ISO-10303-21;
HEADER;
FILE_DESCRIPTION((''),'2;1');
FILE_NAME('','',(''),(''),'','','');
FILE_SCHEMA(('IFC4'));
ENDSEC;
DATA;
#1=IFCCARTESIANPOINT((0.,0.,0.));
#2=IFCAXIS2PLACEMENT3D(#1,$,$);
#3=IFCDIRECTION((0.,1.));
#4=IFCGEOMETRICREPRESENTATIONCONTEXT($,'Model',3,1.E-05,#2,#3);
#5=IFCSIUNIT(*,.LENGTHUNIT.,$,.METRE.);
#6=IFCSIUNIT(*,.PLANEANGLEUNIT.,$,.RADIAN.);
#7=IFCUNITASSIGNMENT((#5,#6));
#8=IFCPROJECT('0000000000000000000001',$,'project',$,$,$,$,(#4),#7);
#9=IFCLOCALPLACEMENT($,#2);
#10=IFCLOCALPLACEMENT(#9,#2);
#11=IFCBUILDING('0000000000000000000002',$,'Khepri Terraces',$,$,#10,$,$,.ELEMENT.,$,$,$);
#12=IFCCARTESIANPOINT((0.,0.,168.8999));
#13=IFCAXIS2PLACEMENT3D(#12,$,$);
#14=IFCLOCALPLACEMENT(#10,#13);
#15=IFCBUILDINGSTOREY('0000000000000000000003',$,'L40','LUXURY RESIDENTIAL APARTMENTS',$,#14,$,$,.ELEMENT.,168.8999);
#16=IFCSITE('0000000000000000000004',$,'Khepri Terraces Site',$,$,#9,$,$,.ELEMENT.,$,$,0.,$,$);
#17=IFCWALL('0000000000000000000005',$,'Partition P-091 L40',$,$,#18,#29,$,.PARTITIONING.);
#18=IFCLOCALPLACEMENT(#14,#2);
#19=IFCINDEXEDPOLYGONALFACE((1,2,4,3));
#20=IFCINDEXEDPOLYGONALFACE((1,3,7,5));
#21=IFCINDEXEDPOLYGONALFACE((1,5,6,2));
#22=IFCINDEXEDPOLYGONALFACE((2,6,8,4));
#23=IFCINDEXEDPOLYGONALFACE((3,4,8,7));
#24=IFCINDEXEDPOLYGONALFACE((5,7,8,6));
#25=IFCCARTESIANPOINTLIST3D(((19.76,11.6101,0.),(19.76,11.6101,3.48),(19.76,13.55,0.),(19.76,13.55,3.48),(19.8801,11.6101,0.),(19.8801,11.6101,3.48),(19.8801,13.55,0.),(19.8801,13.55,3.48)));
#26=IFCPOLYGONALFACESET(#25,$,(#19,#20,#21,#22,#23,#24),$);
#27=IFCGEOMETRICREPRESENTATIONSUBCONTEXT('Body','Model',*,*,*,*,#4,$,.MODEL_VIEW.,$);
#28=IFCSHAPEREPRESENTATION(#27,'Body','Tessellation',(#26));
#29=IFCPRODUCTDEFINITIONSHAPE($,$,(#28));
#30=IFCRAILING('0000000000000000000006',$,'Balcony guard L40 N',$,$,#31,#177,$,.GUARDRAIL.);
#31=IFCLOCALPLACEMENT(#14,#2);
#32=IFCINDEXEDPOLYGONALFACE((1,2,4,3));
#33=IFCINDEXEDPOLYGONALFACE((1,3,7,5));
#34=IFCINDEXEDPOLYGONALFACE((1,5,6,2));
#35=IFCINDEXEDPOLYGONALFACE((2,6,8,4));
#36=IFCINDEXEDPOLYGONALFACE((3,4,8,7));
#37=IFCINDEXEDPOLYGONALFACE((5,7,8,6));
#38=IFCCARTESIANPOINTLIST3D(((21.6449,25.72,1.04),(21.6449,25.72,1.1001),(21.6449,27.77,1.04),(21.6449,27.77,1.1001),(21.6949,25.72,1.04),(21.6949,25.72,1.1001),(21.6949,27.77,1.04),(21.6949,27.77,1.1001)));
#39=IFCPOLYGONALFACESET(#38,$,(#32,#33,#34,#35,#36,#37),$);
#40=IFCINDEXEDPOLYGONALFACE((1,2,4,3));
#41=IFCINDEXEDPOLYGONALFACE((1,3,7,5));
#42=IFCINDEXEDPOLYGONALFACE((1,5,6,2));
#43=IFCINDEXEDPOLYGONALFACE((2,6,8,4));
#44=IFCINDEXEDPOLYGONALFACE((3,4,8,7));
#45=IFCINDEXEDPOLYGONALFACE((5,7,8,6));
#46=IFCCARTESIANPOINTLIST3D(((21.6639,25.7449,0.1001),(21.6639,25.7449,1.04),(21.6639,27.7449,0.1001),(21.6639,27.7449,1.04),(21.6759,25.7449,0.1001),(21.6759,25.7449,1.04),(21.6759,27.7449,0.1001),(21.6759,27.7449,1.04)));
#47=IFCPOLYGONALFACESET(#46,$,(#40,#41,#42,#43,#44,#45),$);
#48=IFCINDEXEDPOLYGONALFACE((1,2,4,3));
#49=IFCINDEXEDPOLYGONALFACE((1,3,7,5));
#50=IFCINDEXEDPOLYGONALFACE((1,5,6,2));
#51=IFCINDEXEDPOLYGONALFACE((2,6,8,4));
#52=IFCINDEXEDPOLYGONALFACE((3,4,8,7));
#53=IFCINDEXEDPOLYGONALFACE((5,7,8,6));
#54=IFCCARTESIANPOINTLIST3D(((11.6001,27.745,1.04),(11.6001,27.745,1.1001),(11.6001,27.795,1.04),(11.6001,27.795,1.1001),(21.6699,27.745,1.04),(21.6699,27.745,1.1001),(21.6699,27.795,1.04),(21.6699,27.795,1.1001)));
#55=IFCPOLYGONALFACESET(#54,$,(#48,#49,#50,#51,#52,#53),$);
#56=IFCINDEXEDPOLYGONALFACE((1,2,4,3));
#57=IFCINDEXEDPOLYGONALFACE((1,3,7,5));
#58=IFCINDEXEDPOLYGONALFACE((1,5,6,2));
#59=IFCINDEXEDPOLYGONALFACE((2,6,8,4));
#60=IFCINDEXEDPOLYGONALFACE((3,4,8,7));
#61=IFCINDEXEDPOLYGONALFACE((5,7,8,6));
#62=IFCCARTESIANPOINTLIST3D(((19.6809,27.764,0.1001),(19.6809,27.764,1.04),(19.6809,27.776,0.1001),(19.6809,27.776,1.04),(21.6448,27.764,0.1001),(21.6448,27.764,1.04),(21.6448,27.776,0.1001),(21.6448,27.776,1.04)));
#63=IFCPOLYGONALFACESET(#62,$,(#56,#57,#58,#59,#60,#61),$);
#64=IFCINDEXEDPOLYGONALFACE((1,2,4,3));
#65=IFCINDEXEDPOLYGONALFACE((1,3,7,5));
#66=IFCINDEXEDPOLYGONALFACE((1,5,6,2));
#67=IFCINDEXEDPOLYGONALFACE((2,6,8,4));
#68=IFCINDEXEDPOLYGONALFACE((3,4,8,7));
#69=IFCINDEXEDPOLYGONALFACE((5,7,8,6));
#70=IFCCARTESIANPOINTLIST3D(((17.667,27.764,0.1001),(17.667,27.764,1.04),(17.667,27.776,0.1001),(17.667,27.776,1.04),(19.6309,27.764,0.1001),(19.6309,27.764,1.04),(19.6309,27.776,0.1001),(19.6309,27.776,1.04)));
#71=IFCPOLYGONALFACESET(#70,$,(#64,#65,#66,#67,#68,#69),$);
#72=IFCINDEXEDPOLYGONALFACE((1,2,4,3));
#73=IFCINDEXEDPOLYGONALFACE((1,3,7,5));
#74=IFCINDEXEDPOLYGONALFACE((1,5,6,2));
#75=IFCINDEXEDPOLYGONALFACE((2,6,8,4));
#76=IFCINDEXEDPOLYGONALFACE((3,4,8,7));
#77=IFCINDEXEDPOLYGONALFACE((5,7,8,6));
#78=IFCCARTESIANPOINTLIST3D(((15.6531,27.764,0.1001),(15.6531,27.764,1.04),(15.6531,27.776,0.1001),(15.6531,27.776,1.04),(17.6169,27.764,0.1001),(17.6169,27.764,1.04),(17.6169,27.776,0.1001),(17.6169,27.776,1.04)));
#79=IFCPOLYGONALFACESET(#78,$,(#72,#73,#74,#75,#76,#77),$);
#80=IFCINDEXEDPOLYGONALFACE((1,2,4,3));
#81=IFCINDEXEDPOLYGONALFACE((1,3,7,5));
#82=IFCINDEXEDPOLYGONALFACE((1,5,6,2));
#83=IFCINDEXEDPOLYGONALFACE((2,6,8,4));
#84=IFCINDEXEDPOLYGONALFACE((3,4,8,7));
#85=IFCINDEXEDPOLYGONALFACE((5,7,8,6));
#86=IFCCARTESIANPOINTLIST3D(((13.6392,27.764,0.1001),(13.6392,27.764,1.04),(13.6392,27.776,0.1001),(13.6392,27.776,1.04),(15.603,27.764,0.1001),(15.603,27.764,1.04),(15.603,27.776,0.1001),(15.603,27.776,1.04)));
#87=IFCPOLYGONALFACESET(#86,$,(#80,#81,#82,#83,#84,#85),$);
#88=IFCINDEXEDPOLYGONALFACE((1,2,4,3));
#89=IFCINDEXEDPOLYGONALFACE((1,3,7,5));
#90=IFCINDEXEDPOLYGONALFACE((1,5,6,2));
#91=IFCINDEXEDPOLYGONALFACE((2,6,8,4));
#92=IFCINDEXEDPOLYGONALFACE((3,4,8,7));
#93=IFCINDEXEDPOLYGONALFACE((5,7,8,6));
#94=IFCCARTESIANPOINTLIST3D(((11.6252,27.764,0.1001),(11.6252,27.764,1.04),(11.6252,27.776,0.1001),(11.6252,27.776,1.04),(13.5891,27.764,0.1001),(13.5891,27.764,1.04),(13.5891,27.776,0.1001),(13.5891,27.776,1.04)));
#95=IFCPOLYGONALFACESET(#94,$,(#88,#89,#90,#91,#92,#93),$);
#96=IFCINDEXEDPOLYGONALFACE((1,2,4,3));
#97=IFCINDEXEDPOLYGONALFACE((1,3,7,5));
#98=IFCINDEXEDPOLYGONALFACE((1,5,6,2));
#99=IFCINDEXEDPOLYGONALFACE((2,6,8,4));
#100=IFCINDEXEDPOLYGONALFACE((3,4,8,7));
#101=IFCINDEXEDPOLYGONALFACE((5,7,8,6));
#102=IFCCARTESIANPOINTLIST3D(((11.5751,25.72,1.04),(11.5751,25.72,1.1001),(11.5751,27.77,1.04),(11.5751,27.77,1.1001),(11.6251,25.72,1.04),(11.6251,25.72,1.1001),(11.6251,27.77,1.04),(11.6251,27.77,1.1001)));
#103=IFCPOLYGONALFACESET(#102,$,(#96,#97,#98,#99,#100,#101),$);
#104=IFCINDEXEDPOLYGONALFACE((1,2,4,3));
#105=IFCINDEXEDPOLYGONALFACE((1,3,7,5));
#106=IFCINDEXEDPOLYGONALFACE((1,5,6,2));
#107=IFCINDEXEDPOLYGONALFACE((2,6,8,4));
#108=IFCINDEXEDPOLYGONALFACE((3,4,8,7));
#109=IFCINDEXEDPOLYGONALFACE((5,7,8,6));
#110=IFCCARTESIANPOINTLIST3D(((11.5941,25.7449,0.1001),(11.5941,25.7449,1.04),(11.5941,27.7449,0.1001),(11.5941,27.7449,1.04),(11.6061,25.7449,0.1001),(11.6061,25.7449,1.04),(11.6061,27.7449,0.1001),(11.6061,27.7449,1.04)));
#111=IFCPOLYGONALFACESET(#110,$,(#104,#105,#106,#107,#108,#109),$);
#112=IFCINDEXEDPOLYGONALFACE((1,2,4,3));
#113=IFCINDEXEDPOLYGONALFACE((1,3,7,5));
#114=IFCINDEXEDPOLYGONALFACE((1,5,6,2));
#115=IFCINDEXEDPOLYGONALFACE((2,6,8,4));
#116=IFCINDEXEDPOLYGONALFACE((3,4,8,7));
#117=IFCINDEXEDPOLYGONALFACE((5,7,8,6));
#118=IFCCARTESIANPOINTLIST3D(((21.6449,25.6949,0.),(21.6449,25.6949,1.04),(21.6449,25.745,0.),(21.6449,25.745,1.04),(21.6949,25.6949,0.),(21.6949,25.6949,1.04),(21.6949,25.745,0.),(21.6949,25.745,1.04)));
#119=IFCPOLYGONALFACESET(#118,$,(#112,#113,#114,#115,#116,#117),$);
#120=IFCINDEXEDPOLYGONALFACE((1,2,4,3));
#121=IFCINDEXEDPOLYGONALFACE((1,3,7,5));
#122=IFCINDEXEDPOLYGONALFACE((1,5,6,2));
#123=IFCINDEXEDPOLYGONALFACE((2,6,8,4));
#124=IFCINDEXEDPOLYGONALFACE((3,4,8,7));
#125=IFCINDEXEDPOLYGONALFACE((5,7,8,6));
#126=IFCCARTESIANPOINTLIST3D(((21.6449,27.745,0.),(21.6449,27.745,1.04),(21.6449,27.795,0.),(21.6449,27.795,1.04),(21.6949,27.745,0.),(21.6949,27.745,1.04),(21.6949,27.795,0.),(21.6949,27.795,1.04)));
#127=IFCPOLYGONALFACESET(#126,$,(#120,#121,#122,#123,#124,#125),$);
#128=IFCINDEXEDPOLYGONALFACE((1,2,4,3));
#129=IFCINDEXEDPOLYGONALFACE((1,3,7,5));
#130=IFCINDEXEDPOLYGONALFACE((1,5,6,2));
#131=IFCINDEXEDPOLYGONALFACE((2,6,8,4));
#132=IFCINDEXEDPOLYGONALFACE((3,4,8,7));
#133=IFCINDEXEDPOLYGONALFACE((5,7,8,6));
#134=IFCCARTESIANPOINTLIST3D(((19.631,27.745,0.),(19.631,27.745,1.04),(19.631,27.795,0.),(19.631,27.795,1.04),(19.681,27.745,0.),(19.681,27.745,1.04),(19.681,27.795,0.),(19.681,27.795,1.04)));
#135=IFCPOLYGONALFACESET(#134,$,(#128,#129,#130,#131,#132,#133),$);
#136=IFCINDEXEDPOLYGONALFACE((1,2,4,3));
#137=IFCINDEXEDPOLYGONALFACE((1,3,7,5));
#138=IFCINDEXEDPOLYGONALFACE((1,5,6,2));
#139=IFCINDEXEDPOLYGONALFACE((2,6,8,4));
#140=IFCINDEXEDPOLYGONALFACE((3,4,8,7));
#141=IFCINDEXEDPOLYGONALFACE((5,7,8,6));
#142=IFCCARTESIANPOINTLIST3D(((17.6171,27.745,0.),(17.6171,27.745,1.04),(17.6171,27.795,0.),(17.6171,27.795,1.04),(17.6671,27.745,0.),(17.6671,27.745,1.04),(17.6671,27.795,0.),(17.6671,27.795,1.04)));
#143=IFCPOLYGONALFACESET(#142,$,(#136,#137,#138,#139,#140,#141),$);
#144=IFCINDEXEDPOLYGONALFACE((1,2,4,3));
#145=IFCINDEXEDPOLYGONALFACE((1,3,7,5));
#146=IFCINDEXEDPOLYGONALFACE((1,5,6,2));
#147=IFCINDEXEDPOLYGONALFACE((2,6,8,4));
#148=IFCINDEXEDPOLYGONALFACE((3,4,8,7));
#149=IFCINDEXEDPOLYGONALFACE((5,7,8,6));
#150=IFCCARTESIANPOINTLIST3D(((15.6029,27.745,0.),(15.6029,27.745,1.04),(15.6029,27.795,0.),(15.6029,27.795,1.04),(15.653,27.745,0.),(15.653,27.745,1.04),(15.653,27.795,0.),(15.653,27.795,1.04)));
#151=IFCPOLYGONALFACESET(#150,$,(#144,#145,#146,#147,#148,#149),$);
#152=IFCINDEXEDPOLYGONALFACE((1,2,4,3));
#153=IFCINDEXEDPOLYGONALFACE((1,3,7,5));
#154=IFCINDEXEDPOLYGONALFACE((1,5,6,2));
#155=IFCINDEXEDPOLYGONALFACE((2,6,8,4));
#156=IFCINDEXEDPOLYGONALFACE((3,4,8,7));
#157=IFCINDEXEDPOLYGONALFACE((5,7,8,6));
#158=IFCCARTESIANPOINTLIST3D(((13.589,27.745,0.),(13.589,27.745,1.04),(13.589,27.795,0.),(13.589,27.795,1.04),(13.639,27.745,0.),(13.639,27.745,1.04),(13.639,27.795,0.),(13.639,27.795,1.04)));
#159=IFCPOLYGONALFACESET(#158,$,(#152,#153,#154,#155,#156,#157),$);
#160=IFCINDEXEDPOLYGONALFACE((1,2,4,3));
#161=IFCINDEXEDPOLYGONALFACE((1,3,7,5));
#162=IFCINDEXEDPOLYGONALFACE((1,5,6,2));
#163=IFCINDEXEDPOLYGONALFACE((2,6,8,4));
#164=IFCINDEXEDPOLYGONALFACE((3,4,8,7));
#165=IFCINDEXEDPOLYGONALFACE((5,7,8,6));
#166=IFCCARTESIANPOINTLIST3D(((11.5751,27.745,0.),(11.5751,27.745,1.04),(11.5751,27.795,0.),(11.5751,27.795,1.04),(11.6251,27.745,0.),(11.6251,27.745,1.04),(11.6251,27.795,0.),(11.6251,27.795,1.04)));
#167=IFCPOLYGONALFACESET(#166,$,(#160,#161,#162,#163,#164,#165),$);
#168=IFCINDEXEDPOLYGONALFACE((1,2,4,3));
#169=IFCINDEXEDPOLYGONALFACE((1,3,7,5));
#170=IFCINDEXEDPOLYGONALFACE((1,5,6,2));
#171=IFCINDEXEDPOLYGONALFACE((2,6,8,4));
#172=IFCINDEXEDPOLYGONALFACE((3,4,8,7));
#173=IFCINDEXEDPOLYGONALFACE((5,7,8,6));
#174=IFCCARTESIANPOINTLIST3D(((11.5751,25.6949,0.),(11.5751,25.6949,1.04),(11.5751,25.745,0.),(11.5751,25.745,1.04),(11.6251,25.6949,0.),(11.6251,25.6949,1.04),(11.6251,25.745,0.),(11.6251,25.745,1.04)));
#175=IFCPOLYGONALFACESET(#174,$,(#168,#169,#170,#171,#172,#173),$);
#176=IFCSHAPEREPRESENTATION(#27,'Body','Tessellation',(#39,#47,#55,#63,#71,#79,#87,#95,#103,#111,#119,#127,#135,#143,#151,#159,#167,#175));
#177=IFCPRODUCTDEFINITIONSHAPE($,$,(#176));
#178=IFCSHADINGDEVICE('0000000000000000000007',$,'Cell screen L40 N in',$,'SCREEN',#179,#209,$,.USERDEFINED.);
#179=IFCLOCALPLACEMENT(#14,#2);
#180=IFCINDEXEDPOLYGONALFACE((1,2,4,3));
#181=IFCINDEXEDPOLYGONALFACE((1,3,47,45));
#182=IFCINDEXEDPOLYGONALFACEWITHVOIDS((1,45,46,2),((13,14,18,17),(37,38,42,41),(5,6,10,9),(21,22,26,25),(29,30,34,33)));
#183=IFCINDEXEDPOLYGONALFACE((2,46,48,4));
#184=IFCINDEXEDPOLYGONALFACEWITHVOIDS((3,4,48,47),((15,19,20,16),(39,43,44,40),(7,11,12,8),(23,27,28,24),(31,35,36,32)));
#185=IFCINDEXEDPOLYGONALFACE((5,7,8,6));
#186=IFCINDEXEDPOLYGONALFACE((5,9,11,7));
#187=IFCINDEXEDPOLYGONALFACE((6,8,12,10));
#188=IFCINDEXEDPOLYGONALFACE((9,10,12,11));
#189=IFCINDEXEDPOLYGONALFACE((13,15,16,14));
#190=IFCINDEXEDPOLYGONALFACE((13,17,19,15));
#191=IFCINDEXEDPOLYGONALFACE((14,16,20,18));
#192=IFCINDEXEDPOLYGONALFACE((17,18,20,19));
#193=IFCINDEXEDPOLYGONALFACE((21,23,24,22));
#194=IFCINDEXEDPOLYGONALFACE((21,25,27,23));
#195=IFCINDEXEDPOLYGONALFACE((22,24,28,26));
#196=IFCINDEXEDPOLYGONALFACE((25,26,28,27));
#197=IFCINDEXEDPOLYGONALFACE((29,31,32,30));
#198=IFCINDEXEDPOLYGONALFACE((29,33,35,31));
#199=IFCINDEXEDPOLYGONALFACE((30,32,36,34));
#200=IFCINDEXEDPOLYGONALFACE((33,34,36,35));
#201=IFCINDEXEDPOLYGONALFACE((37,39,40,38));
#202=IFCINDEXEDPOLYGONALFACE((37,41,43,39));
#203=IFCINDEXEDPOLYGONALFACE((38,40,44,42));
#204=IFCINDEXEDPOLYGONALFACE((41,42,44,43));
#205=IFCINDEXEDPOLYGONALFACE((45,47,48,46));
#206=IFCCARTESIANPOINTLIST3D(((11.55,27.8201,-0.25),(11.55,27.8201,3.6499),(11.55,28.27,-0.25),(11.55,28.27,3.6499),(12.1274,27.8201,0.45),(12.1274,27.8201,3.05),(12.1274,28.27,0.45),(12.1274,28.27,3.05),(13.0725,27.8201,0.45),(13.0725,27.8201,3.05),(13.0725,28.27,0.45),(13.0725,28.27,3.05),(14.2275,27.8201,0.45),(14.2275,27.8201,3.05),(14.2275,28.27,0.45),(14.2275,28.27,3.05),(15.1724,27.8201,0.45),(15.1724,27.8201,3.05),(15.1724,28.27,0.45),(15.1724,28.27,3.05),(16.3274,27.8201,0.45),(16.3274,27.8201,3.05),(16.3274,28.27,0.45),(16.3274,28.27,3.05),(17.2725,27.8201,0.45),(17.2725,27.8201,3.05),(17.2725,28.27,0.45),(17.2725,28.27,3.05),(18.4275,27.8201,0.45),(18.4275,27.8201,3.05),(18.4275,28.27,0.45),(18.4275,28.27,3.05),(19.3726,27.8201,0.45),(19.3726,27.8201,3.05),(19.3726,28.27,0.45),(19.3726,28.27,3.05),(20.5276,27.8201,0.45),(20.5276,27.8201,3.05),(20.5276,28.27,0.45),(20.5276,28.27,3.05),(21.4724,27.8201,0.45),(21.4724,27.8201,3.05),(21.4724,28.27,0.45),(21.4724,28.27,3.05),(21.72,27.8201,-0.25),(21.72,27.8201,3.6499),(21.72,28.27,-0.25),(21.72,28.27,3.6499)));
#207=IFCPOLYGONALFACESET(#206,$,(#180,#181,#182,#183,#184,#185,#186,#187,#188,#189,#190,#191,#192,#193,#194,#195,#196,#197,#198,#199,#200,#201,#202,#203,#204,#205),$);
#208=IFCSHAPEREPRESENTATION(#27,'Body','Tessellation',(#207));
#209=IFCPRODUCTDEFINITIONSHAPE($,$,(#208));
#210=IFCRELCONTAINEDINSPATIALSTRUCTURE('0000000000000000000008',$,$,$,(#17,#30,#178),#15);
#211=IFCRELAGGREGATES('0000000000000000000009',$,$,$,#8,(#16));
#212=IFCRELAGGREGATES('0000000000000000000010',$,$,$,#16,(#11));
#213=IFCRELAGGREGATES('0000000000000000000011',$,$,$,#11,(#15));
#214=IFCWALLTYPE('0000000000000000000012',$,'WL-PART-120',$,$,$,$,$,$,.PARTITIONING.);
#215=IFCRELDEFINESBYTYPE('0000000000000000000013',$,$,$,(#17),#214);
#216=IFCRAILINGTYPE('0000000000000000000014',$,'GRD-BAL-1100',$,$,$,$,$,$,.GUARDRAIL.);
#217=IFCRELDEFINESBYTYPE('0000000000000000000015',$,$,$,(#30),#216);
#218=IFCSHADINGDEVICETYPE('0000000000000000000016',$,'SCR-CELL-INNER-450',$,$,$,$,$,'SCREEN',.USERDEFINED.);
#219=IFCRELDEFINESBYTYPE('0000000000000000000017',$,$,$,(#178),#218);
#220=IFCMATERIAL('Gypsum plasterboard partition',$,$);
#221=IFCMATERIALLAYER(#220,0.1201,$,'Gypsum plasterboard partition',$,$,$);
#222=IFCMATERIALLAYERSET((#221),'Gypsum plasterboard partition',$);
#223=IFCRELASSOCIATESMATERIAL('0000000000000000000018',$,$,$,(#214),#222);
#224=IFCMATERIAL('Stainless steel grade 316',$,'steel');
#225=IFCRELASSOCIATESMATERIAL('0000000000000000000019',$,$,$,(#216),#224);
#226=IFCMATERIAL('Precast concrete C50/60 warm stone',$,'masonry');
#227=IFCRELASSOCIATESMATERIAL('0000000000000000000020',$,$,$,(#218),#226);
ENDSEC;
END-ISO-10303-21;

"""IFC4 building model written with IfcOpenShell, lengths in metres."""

from ifc_helpers import new_model, si_unit, direction, frame, frame_2d, origin, origin_2d, place, context, subcontext, project, spatial, polyline, rectangle, outline, extrude, material, layer, layer_set, type_object, element, save


model = new_model("IFC4")

# Units and contexts
model_context = context("Model", 3, precision=1e-05, world=origin(), true_north=direction((0.0, 1.0)))
body_context = subcontext(model_context, "Body", "Model", "MODEL_VIEW")
ifc_project = project(units=[si_unit("LENGTHUNIT", "METRE"), si_unit("PLANEANGLEUNIT", "RADIAN")], contexts=[model_context])

# Site, building, storey
site_placement = place(None, origin())
site = spatial("IfcSite", under=ifc_project, at=site_placement, Name="Khepri Terraces Site", CompositionType="ELEMENT", RefElevation=0.0)
building_placement = place(site_placement, origin())
building = spatial("IfcBuilding", under=site, at=building_placement, Name="Khepri Terraces", CompositionType="ELEMENT")
storey_placement = place(building_placement, frame((0.0, 0.0, 168.8999)))
storey = spatial("IfcBuildingStorey", under=building, at=storey_placement, Name="L40", Description="LUXURY RESIDENTIAL APARTMENTS", CompositionType="ELEMENT", Elevation=168.8999)

# Shared definitions
ifc_material_1 = material(Name="Precast concrete C50/60 warm stone", Category="masonry")

# Shared definitions
ifc_material_2 = material(Name="Gypsum plasterboard partition")
ifc_layer_1 = layer(ifc_material_2, 0.1201, Name="Gypsum plasterboard partition")
ifc_layer_set_1 = layer_set([ifc_layer_1], Name="Gypsum plasterboard partition")
wall_type_1 = type_object("IfcWallType", Name="WL-PART-120", PredefinedType="PARTITIONING", material=ifc_layer_set_1)

# Wall
wall_1_placement = place(storey_placement, frame((19.8201, 11.6101, 0.0), z_axis=(0.0, 0.0, 1.0), x_axis=(0.0, 1.0, 0.0)))
element("IfcWall", 1, at=wall_1_placement, inside=storey, type_object=wall_type_1, Name="Partition P-091 L40", PredefinedType="PARTITIONING", context=body_context, shape_type="SweptSolid", body=[
    extrude(rectangle(XDim=1.9399, YDim=0.1201, at=frame_2d((0.97, 0.0))), origin(), (0.0, 0.0, 1.0), 3.48),
])

# Railing
ifc_material_3 = material(Name="Stainless steel grade 316", Category="steel")
railing_type = type_object("IfcRailingType", Name="GRD-BAL-1100", PredefinedType="GUARDRAIL", material=ifc_material_3)
railing_placement = place(storey_placement, frame((21.6699, 25.72, 0.0)))
element("IfcRailing", 2, at=railing_placement, inside=storey, type_object=railing_type, Name="Balcony guard L40 N", PredefinedType="GUARDRAIL", context=body_context, shape_type="SweptSolid", body=[
    extrude(rectangle(XDim=0.05, YDim=0.0601, at=origin_2d()), frame((0.0, 0.0, 1.0701), z_axis=(0.0, 1.0, 0.0), x_axis=(-1.0, 0.0, 0.0)), (0.0, 0.0, 1.0), 2.05),
    extrude(rectangle(XDim=2.0, YDim=0.012, at=origin_2d()), frame((0.0, 1.0249, 0.1001), z_axis=(0.0, 0.0, 1.0), x_axis=(0.0, 1.0, 0.0)), (0.0, 0.0, 1.0), 0.9399),
    extrude(rectangle(XDim=0.05, YDim=0.0601, at=origin_2d()), frame((0.0, 2.05, 1.0701), z_axis=(-1.0, 0.0, 0.0), x_axis=(0.0, -1.0, 0.0)), (0.0, 0.0, 1.0), 10.0698),
    extrude(rectangle(XDim=1.9639, YDim=0.012, at=origin_2d()), frame((-1.0071, 2.05, 0.1001), z_axis=(0.0, 0.0, 1.0), x_axis=(-1.0, 0.0, 0.0)), (0.0, 0.0, 1.0), 0.9399),
    extrude(rectangle(XDim=1.9639, YDim=0.012, at=origin_2d()), frame((-3.021, 2.05, 0.1001), z_axis=(0.0, 0.0, 1.0), x_axis=(-1.0, 0.0, 0.0)), (0.0, 0.0, 1.0), 0.9399),
    extrude(rectangle(XDim=1.9639, YDim=0.012, at=origin_2d()), frame((-5.0349, 2.05, 0.1001), z_axis=(0.0, 0.0, 1.0), x_axis=(-1.0, 0.0, 0.0)), (0.0, 0.0, 1.0), 0.9399),
    extrude(rectangle(XDim=1.9639, YDim=0.012, at=origin_2d()), frame((-7.0488, 2.05, 0.1001), z_axis=(0.0, 0.0, 1.0), x_axis=(-1.0, 0.0, 0.0)), (0.0, 0.0, 1.0), 0.9399),
    extrude(rectangle(XDim=1.9639, YDim=0.012, at=origin_2d()), frame((-9.0627, 2.05, 0.1001), z_axis=(0.0, 0.0, 1.0), x_axis=(-1.0, 0.0, 0.0)), (0.0, 0.0, 1.0), 0.9399),
    extrude(rectangle(XDim=0.05, YDim=0.0601, at=origin_2d()), frame((-10.0698, 2.05, 1.0701), z_axis=(0.0, -1.0, 0.0), x_axis=(1.0, 0.0, 0.0)), (0.0, 0.0, 1.0), 2.05),
    extrude(rectangle(XDim=2.0, YDim=0.012, at=origin_2d()), frame((-10.0698, 1.0249, 0.1001), z_axis=(0.0, 0.0, 1.0), x_axis=(0.0, -1.0, 0.0)), (0.0, 0.0, 1.0), 0.9399),
    extrude(rectangle(XDim=0.05, YDim=0.05, at=origin_2d()), origin(), (0.0, 0.0, 1.0), 1.04),
    extrude(rectangle(XDim=0.05, YDim=0.05, at=origin_2d()), frame((0.0, 2.05, 0.0)), (0.0, 0.0, 1.0), 1.04),
    extrude(rectangle(XDim=0.05, YDim=0.05, at=origin_2d()), frame((-2.0139, 2.05, 0.0)), (0.0, 0.0, 1.0), 1.04),
    extrude(rectangle(XDim=0.05, YDim=0.05, at=origin_2d()), frame((-4.0278, 2.05, 0.0)), (0.0, 0.0, 1.0), 1.04),
    extrude(rectangle(XDim=0.05, YDim=0.05, at=origin_2d()), frame((-6.042, 2.05, 0.0)), (0.0, 0.0, 1.0), 1.04),
    extrude(rectangle(XDim=0.05, YDim=0.05, at=origin_2d()), frame((-8.0559, 2.05, 0.0)), (0.0, 0.0, 1.0), 1.04),
    extrude(rectangle(XDim=0.05, YDim=0.05, at=origin_2d()), frame((-10.0698, 2.05, 0.0)), (0.0, 0.0, 1.0), 1.04),
    extrude(rectangle(XDim=0.05, YDim=0.05, at=origin_2d()), frame((-10.0698, 0.0, 0.0)), (0.0, 0.0, 1.0), 1.04),
])

# Shading device
shading_device_type_1 = type_object("IfcShadingDeviceType", Name="SCR-CELL-INNER-450", ElementType="SCREEN", PredefinedType="USERDEFINED", material=ifc_material_1)
shading_device_1_placement = place(storey_placement, frame((21.72, 27.8201, -0.25), z_axis=(0.0, 1.0, 0.0), x_axis=(-1.0, 0.0, 0.0)))
element("IfcShadingDevice", 3, at=shading_device_1_placement, inside=storey, type_object=shading_device_type_1, Name="Cell screen L40 N in", ObjectType="SCREEN", PredefinedType="USERDEFINED", context=body_context, shape_type="SweptSolid", body=[
    extrude(outline(polyline([(0.0, 0.0), (10.1699, 0.0), (10.1699, 3.8999), (0.0, 3.8999), (0.0, 0.0)]), holes=[polyline([(0.2476, 0.7), (1.1924, 0.7), (1.1924, 3.3), (0.2476, 3.3), (0.2476, 0.7)]), polyline([(2.3474, 0.7), (3.2925, 0.7), (3.2925, 3.3), (2.3474, 3.3), (2.3474, 0.7)]), polyline([(4.4475, 0.7), (5.3926, 0.7), (5.3926, 3.3), (4.4475, 3.3), (4.4475, 0.7)]), polyline([(6.5476, 0.7), (7.4924, 0.7), (7.4924, 3.3), (6.5476, 3.3), (6.5476, 0.7)]), polyline([(8.6475, 0.7), (9.5925, 0.7), (9.5925, 3.3), (8.6475, 3.3), (8.6475, 0.7)])]), origin(), (0.0, 0.0, 1.0), 0.45),
])

save(model, "model.ifc")
